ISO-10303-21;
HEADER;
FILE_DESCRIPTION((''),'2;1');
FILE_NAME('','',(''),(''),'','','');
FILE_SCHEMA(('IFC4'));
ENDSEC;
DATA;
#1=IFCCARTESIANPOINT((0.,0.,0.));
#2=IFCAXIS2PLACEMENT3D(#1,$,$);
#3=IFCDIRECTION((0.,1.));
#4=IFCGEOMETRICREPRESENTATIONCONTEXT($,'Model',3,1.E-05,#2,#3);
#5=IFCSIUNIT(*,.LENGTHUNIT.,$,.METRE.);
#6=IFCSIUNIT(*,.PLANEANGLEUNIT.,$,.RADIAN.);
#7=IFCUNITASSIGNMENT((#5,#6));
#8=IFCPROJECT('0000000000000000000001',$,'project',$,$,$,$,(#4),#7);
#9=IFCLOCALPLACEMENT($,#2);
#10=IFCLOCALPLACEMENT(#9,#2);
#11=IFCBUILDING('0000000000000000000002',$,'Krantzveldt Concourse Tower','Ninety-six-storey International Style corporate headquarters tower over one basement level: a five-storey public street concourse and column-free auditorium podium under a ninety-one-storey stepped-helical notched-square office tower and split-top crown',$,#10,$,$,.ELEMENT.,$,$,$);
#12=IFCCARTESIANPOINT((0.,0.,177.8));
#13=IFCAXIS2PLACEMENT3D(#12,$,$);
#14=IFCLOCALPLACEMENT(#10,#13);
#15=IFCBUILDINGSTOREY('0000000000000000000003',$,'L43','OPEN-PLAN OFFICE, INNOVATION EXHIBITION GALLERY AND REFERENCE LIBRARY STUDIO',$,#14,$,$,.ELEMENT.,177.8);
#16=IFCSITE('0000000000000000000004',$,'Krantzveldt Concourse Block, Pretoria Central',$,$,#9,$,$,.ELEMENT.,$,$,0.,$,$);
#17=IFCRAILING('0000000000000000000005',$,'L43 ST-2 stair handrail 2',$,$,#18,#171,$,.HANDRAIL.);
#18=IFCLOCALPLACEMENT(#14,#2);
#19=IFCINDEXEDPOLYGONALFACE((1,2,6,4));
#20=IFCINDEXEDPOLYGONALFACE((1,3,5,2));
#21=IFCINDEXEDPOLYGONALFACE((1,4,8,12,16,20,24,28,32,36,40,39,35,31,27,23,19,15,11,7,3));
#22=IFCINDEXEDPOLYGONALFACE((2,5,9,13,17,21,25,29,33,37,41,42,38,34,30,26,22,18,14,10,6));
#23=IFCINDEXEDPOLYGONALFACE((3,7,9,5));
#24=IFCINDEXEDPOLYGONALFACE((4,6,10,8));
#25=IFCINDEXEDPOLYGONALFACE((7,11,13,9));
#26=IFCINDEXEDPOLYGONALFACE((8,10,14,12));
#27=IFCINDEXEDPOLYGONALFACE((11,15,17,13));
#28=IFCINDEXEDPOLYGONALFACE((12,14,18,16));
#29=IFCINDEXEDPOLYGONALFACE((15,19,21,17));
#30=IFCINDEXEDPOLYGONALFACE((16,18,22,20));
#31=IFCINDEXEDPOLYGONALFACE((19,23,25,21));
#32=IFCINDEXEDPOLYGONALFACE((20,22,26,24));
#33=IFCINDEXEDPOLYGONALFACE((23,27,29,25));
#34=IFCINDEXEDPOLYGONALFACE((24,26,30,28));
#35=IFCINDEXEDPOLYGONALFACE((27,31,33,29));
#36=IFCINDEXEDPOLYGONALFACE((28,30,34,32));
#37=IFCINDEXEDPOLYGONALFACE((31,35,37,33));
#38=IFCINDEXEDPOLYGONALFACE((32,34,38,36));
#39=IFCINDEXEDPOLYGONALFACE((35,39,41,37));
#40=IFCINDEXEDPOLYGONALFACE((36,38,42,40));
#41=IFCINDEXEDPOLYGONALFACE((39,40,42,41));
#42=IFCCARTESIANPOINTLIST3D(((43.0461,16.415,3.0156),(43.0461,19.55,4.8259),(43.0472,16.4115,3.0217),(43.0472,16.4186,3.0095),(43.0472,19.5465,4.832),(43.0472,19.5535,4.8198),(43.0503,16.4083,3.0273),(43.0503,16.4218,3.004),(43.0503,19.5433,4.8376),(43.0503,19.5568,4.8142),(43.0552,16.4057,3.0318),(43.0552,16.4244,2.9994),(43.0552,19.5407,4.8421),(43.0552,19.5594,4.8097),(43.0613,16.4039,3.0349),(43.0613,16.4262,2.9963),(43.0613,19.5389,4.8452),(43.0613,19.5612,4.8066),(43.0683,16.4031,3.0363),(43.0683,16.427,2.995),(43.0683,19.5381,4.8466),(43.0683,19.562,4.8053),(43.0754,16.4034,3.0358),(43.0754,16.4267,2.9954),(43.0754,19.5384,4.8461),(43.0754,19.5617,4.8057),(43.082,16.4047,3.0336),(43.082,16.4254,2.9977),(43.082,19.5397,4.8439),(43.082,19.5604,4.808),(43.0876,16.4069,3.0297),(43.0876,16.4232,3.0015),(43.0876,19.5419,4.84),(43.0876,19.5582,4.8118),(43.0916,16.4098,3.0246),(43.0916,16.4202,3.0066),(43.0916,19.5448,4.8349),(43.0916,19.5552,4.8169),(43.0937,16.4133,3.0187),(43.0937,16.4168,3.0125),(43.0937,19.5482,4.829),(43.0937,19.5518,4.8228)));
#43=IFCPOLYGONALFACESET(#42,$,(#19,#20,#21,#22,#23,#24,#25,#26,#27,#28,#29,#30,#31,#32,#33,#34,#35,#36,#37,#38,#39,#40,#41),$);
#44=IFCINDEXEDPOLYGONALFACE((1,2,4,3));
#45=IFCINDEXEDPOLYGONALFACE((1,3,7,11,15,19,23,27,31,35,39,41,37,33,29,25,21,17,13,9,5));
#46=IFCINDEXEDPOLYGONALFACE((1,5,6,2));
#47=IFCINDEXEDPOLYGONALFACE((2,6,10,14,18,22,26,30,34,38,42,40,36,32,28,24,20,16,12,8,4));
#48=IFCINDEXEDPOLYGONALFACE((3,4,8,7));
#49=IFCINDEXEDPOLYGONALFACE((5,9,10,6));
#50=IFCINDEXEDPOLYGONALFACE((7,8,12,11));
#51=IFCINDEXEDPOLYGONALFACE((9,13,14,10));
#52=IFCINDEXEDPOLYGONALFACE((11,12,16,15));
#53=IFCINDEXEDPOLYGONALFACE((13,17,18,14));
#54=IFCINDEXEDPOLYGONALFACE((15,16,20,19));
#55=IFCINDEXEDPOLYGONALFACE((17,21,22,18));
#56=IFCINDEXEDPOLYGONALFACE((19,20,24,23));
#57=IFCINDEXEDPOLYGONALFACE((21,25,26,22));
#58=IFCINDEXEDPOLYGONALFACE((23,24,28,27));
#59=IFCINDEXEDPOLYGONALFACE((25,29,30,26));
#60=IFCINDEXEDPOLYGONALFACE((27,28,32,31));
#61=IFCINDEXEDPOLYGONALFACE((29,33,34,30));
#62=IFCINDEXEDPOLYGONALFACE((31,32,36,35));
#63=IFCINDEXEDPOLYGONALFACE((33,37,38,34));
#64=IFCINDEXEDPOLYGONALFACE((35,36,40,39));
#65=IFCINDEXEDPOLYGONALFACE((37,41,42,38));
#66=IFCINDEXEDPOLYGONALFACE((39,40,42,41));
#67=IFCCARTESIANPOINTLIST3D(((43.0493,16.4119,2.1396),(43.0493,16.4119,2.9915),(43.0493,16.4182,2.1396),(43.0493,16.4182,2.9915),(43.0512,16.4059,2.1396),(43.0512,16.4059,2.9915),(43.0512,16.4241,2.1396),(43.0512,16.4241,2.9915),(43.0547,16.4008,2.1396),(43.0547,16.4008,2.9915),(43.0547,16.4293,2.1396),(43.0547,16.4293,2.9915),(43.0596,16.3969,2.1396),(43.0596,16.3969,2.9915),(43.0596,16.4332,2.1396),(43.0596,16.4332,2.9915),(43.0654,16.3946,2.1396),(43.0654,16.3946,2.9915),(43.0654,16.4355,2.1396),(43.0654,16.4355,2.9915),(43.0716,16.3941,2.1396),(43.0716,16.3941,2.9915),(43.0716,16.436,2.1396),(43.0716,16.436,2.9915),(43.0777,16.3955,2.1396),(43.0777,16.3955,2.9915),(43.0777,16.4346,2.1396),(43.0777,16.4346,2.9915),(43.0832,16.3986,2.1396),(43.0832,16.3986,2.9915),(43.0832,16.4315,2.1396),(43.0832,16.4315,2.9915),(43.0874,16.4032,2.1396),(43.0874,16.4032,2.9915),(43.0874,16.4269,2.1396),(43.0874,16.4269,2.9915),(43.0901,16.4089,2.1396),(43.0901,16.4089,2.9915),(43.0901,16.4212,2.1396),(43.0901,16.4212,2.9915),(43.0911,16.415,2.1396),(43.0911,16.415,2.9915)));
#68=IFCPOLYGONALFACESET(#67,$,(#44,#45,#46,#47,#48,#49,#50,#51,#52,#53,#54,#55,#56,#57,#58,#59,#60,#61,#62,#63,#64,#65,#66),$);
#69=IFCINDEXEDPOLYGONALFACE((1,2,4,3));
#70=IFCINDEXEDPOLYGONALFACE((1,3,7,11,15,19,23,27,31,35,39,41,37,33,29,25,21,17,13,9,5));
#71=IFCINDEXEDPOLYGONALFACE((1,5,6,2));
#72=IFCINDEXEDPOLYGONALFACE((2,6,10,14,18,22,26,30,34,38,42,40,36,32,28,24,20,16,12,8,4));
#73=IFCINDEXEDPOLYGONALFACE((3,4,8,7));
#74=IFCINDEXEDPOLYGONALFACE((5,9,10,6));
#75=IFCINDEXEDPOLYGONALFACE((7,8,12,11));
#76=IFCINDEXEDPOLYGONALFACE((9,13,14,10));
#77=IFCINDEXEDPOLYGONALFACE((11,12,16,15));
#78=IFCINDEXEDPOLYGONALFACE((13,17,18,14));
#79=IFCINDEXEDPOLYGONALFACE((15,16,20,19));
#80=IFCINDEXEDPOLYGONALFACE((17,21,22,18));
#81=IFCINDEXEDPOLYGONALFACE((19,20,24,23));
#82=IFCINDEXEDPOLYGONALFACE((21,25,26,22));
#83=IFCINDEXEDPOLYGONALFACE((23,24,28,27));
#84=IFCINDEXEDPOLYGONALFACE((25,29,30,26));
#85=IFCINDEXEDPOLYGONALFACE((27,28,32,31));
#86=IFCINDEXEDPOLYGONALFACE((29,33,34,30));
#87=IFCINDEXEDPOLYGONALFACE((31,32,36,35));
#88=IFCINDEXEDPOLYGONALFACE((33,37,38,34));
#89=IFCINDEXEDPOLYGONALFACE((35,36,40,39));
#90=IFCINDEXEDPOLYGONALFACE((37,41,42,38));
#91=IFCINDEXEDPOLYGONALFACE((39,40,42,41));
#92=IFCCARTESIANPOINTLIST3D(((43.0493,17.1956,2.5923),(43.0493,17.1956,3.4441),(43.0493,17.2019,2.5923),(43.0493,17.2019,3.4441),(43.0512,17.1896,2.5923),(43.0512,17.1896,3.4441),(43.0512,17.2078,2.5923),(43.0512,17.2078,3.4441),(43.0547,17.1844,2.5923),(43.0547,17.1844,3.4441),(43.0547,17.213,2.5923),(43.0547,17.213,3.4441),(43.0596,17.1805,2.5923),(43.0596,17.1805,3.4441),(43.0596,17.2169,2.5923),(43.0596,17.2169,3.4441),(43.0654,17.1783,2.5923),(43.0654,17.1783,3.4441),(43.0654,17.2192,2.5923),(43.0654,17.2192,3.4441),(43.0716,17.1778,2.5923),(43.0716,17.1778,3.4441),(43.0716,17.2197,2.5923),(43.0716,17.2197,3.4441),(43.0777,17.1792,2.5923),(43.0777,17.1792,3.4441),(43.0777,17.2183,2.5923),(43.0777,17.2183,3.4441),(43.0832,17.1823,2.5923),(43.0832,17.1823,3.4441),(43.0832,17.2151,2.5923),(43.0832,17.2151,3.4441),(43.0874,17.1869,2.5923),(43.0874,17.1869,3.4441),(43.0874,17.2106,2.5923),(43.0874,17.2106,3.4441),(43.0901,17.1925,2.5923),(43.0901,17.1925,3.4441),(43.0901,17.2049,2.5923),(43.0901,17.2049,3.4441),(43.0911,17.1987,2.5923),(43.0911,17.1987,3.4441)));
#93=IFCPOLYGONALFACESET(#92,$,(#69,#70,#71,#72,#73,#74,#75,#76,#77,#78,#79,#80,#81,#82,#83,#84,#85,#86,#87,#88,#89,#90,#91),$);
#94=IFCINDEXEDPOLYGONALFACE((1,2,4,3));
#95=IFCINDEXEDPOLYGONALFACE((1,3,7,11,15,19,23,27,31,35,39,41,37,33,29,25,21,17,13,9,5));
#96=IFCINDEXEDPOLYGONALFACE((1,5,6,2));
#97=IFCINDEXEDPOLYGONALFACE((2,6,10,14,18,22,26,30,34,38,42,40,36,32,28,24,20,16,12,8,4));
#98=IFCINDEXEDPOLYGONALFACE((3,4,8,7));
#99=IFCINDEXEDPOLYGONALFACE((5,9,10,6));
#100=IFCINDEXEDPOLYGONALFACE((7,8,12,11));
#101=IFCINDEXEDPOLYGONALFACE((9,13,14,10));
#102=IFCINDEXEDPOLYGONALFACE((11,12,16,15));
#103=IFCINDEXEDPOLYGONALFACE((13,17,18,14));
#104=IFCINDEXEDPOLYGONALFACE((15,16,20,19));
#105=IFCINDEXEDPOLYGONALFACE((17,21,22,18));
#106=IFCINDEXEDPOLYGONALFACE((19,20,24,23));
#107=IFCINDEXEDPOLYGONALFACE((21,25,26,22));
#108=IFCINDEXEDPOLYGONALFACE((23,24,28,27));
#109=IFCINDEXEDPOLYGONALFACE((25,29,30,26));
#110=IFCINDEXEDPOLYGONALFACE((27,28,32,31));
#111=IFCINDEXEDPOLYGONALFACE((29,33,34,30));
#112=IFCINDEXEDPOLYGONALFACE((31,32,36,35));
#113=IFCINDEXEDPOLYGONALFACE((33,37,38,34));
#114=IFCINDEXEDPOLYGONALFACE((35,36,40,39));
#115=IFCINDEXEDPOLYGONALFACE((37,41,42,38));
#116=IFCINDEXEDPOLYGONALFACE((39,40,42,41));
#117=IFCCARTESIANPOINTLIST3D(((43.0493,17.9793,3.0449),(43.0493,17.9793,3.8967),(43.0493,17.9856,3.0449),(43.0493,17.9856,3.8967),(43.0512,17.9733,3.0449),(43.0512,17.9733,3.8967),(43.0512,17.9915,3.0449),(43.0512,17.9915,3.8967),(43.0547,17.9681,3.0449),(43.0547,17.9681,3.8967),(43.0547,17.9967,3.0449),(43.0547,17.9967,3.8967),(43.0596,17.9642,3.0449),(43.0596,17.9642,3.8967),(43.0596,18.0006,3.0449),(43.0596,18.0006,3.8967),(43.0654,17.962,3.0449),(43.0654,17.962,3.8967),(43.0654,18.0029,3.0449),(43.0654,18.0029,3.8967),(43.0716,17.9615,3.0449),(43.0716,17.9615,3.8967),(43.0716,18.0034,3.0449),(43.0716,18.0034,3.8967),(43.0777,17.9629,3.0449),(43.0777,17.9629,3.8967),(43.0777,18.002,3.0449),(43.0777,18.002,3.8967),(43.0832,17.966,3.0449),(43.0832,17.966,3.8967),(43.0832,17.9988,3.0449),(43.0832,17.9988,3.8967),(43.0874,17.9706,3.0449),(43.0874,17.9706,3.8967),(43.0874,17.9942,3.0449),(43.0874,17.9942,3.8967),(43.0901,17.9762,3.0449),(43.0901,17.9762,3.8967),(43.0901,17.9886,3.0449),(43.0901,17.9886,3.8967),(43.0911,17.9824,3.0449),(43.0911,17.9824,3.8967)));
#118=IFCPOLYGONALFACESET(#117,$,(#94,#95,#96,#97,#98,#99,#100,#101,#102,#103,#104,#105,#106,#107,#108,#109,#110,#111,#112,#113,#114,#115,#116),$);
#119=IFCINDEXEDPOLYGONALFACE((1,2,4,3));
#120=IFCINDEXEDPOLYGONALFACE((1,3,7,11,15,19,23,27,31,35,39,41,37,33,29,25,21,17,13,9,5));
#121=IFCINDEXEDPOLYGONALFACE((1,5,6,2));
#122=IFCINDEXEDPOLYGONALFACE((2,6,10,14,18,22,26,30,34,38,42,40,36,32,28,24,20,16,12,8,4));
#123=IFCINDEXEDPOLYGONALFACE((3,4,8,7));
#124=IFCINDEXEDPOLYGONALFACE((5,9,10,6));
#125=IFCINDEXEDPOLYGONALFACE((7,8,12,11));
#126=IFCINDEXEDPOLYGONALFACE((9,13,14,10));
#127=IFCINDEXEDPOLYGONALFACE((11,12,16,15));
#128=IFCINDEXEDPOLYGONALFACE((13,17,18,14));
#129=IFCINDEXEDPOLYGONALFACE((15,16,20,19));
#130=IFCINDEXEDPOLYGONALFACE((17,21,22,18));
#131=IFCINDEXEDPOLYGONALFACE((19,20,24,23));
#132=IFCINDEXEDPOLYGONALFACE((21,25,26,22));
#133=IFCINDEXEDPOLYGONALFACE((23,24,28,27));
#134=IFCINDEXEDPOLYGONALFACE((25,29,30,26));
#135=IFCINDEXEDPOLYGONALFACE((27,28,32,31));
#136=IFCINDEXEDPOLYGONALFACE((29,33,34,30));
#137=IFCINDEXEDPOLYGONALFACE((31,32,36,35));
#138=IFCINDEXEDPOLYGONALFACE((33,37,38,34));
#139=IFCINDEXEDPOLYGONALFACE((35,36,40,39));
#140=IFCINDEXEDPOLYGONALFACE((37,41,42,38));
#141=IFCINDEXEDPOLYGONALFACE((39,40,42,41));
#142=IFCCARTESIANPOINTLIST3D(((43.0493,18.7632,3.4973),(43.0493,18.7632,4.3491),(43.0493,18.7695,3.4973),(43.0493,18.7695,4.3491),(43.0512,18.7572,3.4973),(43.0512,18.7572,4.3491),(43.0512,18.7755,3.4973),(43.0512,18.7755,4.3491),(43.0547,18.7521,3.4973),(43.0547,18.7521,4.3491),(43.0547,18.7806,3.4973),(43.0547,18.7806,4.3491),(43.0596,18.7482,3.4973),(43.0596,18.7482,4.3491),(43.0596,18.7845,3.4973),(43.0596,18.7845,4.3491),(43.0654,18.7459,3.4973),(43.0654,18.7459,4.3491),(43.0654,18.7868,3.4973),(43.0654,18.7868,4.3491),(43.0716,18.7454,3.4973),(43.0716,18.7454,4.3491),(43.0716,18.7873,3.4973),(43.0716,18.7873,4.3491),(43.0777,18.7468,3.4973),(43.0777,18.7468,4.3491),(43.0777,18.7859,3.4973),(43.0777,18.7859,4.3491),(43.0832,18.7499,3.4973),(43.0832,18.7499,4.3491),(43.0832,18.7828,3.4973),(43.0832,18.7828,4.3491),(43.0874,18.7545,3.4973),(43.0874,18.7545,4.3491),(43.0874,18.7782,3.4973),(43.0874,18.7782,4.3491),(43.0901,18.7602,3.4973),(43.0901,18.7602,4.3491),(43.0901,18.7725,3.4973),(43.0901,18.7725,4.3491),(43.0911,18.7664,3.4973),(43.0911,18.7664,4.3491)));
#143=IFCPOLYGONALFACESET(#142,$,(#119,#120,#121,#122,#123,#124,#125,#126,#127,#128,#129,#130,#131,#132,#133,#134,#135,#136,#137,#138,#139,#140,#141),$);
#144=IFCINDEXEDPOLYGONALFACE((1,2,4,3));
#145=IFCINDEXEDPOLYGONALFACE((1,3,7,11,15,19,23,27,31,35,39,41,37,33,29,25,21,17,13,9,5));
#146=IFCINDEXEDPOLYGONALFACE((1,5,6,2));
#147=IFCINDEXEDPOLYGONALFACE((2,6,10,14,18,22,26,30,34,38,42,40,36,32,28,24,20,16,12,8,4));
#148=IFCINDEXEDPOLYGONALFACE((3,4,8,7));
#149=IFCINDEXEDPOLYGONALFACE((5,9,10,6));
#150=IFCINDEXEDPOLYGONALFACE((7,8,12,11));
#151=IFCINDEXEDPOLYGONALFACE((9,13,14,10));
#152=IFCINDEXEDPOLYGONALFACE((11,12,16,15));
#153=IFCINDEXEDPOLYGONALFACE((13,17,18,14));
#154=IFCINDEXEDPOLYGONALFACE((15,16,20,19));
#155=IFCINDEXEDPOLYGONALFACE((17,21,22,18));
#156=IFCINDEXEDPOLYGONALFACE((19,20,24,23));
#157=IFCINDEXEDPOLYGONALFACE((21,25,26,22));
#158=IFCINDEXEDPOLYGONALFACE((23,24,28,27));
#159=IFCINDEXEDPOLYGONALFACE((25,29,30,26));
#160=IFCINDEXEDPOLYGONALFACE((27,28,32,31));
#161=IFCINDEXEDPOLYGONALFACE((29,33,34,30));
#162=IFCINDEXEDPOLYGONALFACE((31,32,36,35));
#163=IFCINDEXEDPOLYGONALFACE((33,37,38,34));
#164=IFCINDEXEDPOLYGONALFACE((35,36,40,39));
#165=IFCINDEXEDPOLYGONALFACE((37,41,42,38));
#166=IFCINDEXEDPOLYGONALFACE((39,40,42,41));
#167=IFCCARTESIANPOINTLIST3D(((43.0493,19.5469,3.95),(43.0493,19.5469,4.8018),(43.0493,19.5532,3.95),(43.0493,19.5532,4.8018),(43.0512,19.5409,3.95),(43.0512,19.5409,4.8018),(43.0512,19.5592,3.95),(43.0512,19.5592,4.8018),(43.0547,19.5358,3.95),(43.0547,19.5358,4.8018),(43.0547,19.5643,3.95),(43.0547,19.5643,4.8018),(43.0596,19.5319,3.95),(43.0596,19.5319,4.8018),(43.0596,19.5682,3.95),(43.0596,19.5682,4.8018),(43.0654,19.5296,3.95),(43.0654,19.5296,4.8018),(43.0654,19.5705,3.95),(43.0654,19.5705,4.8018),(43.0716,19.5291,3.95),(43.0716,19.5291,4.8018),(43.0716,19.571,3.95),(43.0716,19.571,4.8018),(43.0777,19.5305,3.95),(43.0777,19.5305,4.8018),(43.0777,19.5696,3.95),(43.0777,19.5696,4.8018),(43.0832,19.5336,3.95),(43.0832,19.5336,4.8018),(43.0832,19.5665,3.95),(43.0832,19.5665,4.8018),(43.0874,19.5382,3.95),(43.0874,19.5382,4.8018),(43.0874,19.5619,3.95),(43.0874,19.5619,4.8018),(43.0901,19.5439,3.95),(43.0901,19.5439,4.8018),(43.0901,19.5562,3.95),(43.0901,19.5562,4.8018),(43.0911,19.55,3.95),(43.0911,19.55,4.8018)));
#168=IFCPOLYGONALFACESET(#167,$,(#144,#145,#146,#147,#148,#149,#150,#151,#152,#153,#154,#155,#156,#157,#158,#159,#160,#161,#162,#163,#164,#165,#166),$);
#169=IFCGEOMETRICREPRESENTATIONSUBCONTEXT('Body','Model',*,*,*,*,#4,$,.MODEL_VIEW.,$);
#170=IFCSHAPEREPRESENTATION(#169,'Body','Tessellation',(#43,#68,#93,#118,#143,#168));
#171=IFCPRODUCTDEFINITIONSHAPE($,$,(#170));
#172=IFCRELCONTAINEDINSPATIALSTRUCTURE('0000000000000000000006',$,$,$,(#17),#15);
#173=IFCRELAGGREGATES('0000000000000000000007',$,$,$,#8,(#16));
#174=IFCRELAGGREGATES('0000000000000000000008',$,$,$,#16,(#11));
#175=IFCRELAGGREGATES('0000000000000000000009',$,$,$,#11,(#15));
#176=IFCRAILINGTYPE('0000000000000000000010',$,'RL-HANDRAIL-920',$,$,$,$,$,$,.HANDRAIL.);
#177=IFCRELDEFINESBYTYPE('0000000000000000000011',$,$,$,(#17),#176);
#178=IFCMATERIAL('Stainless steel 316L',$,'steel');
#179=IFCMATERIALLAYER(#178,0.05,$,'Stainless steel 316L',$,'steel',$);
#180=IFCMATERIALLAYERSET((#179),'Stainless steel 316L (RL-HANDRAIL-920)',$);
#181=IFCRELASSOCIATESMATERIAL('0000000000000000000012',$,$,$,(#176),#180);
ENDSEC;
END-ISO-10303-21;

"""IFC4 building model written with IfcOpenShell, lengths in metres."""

from ifc_helpers import new_model, si_unit, direction, frame, origin, origin_2d, place, context, subcontext, project, spatial, circle, extrude, material, layer, layer_set, type_object, element, save


model = new_model("IFC4")

# Units and contexts
model_context = context("Model", 3, precision=1e-05, world=origin(), true_north=direction((0.0, 1.0)))
body_context = subcontext(model_context, "Body", "Model", "MODEL_VIEW")
ifc_project = project(units=[si_unit("LENGTHUNIT", "METRE"), si_unit("PLANEANGLEUNIT", "RADIAN")], contexts=[model_context])

# Site, building, storey
site_placement = place(None, origin())
site = spatial("IfcSite", under=ifc_project, at=site_placement, Name="Krantzveldt Concourse Block, Pretoria Central", CompositionType="ELEMENT", RefElevation=0.0)
building_placement = place(site_placement, origin())
building = spatial("IfcBuilding", under=site, at=building_placement, Name="Krantzveldt Concourse Tower", Description="Ninety-six-storey International Style corporate headquarters tower over one basement level: a five-storey public street concourse and column-free auditorium podium under a ninety-one-storey stepped-helical notched-square office tower and split-top crown", CompositionType="ELEMENT")
storey_placement = place(building_placement, frame((0.0, 0.0, 177.8)))
storey = spatial("IfcBuildingStorey", under=building, at=storey_placement, Name="L43", Description="OPEN-PLAN OFFICE, INNOVATION EXHIBITION GALLERY AND REFERENCE LIBRARY STUDIO", CompositionType="ELEMENT", Elevation=177.8)

# Shared definitions
ifc_material_1 = material(Name="Stainless steel 316L", Category="steel")

# Railing
ifc_layer_1 = layer(ifc_material_1, 0.05, Name="Stainless steel 316L", Category="steel")
ifc_layer_set_1 = layer_set([ifc_layer_1], Name="Stainless steel 316L (RL-HANDRAIL-920)")
railing_type_1 = type_object("IfcRailingType", Name="RL-HANDRAIL-920", PredefinedType="HANDRAIL", material=ifc_layer_set_1)
railing_1_placement = place(storey_placement, frame((43.0701, 16.415, 2.1396)))
element("IfcRailing", 1, at=railing_1_placement, inside=storey, type_object=railing_type_1, Name="L43 ST-2 stair handrail 2", PredefinedType="HANDRAIL", context=body_context, shape_type="SweptSolid", body=[
    extrude(circle(Radius=0.0239, at=origin_2d()), frame((0.0, 0.0, 0.876), z_axis=(0.0, 0.865989, 0.500063), x_axis=(-1.0, 0.0, 0.0)), (0.0, 0.0, 1.0), 3.6201),
    extrude(circle(Radius=0.021, at=origin_2d()), origin(), (0.0, 0.0, 1.0), 0.8518),
    extrude(circle(Radius=0.021, at=origin_2d()), frame((0.0, 0.7837, 0.4526)), (0.0, 0.0, 1.0), 0.8518),
    extrude(circle(Radius=0.021, at=origin_2d()), frame((0.0, 1.5674, 0.9053)), (0.0, 0.0, 1.0), 0.8518),
    extrude(circle(Radius=0.021, at=origin_2d()), frame((0.0, 2.3513, 1.3577)), (0.0, 0.0, 1.0), 0.8518),
    extrude(circle(Radius=0.021, at=origin_2d()), frame((0.0, 3.135, 1.8103)), (0.0, 0.0, 1.0), 0.8518),
])

save(model, "model.ifc")
